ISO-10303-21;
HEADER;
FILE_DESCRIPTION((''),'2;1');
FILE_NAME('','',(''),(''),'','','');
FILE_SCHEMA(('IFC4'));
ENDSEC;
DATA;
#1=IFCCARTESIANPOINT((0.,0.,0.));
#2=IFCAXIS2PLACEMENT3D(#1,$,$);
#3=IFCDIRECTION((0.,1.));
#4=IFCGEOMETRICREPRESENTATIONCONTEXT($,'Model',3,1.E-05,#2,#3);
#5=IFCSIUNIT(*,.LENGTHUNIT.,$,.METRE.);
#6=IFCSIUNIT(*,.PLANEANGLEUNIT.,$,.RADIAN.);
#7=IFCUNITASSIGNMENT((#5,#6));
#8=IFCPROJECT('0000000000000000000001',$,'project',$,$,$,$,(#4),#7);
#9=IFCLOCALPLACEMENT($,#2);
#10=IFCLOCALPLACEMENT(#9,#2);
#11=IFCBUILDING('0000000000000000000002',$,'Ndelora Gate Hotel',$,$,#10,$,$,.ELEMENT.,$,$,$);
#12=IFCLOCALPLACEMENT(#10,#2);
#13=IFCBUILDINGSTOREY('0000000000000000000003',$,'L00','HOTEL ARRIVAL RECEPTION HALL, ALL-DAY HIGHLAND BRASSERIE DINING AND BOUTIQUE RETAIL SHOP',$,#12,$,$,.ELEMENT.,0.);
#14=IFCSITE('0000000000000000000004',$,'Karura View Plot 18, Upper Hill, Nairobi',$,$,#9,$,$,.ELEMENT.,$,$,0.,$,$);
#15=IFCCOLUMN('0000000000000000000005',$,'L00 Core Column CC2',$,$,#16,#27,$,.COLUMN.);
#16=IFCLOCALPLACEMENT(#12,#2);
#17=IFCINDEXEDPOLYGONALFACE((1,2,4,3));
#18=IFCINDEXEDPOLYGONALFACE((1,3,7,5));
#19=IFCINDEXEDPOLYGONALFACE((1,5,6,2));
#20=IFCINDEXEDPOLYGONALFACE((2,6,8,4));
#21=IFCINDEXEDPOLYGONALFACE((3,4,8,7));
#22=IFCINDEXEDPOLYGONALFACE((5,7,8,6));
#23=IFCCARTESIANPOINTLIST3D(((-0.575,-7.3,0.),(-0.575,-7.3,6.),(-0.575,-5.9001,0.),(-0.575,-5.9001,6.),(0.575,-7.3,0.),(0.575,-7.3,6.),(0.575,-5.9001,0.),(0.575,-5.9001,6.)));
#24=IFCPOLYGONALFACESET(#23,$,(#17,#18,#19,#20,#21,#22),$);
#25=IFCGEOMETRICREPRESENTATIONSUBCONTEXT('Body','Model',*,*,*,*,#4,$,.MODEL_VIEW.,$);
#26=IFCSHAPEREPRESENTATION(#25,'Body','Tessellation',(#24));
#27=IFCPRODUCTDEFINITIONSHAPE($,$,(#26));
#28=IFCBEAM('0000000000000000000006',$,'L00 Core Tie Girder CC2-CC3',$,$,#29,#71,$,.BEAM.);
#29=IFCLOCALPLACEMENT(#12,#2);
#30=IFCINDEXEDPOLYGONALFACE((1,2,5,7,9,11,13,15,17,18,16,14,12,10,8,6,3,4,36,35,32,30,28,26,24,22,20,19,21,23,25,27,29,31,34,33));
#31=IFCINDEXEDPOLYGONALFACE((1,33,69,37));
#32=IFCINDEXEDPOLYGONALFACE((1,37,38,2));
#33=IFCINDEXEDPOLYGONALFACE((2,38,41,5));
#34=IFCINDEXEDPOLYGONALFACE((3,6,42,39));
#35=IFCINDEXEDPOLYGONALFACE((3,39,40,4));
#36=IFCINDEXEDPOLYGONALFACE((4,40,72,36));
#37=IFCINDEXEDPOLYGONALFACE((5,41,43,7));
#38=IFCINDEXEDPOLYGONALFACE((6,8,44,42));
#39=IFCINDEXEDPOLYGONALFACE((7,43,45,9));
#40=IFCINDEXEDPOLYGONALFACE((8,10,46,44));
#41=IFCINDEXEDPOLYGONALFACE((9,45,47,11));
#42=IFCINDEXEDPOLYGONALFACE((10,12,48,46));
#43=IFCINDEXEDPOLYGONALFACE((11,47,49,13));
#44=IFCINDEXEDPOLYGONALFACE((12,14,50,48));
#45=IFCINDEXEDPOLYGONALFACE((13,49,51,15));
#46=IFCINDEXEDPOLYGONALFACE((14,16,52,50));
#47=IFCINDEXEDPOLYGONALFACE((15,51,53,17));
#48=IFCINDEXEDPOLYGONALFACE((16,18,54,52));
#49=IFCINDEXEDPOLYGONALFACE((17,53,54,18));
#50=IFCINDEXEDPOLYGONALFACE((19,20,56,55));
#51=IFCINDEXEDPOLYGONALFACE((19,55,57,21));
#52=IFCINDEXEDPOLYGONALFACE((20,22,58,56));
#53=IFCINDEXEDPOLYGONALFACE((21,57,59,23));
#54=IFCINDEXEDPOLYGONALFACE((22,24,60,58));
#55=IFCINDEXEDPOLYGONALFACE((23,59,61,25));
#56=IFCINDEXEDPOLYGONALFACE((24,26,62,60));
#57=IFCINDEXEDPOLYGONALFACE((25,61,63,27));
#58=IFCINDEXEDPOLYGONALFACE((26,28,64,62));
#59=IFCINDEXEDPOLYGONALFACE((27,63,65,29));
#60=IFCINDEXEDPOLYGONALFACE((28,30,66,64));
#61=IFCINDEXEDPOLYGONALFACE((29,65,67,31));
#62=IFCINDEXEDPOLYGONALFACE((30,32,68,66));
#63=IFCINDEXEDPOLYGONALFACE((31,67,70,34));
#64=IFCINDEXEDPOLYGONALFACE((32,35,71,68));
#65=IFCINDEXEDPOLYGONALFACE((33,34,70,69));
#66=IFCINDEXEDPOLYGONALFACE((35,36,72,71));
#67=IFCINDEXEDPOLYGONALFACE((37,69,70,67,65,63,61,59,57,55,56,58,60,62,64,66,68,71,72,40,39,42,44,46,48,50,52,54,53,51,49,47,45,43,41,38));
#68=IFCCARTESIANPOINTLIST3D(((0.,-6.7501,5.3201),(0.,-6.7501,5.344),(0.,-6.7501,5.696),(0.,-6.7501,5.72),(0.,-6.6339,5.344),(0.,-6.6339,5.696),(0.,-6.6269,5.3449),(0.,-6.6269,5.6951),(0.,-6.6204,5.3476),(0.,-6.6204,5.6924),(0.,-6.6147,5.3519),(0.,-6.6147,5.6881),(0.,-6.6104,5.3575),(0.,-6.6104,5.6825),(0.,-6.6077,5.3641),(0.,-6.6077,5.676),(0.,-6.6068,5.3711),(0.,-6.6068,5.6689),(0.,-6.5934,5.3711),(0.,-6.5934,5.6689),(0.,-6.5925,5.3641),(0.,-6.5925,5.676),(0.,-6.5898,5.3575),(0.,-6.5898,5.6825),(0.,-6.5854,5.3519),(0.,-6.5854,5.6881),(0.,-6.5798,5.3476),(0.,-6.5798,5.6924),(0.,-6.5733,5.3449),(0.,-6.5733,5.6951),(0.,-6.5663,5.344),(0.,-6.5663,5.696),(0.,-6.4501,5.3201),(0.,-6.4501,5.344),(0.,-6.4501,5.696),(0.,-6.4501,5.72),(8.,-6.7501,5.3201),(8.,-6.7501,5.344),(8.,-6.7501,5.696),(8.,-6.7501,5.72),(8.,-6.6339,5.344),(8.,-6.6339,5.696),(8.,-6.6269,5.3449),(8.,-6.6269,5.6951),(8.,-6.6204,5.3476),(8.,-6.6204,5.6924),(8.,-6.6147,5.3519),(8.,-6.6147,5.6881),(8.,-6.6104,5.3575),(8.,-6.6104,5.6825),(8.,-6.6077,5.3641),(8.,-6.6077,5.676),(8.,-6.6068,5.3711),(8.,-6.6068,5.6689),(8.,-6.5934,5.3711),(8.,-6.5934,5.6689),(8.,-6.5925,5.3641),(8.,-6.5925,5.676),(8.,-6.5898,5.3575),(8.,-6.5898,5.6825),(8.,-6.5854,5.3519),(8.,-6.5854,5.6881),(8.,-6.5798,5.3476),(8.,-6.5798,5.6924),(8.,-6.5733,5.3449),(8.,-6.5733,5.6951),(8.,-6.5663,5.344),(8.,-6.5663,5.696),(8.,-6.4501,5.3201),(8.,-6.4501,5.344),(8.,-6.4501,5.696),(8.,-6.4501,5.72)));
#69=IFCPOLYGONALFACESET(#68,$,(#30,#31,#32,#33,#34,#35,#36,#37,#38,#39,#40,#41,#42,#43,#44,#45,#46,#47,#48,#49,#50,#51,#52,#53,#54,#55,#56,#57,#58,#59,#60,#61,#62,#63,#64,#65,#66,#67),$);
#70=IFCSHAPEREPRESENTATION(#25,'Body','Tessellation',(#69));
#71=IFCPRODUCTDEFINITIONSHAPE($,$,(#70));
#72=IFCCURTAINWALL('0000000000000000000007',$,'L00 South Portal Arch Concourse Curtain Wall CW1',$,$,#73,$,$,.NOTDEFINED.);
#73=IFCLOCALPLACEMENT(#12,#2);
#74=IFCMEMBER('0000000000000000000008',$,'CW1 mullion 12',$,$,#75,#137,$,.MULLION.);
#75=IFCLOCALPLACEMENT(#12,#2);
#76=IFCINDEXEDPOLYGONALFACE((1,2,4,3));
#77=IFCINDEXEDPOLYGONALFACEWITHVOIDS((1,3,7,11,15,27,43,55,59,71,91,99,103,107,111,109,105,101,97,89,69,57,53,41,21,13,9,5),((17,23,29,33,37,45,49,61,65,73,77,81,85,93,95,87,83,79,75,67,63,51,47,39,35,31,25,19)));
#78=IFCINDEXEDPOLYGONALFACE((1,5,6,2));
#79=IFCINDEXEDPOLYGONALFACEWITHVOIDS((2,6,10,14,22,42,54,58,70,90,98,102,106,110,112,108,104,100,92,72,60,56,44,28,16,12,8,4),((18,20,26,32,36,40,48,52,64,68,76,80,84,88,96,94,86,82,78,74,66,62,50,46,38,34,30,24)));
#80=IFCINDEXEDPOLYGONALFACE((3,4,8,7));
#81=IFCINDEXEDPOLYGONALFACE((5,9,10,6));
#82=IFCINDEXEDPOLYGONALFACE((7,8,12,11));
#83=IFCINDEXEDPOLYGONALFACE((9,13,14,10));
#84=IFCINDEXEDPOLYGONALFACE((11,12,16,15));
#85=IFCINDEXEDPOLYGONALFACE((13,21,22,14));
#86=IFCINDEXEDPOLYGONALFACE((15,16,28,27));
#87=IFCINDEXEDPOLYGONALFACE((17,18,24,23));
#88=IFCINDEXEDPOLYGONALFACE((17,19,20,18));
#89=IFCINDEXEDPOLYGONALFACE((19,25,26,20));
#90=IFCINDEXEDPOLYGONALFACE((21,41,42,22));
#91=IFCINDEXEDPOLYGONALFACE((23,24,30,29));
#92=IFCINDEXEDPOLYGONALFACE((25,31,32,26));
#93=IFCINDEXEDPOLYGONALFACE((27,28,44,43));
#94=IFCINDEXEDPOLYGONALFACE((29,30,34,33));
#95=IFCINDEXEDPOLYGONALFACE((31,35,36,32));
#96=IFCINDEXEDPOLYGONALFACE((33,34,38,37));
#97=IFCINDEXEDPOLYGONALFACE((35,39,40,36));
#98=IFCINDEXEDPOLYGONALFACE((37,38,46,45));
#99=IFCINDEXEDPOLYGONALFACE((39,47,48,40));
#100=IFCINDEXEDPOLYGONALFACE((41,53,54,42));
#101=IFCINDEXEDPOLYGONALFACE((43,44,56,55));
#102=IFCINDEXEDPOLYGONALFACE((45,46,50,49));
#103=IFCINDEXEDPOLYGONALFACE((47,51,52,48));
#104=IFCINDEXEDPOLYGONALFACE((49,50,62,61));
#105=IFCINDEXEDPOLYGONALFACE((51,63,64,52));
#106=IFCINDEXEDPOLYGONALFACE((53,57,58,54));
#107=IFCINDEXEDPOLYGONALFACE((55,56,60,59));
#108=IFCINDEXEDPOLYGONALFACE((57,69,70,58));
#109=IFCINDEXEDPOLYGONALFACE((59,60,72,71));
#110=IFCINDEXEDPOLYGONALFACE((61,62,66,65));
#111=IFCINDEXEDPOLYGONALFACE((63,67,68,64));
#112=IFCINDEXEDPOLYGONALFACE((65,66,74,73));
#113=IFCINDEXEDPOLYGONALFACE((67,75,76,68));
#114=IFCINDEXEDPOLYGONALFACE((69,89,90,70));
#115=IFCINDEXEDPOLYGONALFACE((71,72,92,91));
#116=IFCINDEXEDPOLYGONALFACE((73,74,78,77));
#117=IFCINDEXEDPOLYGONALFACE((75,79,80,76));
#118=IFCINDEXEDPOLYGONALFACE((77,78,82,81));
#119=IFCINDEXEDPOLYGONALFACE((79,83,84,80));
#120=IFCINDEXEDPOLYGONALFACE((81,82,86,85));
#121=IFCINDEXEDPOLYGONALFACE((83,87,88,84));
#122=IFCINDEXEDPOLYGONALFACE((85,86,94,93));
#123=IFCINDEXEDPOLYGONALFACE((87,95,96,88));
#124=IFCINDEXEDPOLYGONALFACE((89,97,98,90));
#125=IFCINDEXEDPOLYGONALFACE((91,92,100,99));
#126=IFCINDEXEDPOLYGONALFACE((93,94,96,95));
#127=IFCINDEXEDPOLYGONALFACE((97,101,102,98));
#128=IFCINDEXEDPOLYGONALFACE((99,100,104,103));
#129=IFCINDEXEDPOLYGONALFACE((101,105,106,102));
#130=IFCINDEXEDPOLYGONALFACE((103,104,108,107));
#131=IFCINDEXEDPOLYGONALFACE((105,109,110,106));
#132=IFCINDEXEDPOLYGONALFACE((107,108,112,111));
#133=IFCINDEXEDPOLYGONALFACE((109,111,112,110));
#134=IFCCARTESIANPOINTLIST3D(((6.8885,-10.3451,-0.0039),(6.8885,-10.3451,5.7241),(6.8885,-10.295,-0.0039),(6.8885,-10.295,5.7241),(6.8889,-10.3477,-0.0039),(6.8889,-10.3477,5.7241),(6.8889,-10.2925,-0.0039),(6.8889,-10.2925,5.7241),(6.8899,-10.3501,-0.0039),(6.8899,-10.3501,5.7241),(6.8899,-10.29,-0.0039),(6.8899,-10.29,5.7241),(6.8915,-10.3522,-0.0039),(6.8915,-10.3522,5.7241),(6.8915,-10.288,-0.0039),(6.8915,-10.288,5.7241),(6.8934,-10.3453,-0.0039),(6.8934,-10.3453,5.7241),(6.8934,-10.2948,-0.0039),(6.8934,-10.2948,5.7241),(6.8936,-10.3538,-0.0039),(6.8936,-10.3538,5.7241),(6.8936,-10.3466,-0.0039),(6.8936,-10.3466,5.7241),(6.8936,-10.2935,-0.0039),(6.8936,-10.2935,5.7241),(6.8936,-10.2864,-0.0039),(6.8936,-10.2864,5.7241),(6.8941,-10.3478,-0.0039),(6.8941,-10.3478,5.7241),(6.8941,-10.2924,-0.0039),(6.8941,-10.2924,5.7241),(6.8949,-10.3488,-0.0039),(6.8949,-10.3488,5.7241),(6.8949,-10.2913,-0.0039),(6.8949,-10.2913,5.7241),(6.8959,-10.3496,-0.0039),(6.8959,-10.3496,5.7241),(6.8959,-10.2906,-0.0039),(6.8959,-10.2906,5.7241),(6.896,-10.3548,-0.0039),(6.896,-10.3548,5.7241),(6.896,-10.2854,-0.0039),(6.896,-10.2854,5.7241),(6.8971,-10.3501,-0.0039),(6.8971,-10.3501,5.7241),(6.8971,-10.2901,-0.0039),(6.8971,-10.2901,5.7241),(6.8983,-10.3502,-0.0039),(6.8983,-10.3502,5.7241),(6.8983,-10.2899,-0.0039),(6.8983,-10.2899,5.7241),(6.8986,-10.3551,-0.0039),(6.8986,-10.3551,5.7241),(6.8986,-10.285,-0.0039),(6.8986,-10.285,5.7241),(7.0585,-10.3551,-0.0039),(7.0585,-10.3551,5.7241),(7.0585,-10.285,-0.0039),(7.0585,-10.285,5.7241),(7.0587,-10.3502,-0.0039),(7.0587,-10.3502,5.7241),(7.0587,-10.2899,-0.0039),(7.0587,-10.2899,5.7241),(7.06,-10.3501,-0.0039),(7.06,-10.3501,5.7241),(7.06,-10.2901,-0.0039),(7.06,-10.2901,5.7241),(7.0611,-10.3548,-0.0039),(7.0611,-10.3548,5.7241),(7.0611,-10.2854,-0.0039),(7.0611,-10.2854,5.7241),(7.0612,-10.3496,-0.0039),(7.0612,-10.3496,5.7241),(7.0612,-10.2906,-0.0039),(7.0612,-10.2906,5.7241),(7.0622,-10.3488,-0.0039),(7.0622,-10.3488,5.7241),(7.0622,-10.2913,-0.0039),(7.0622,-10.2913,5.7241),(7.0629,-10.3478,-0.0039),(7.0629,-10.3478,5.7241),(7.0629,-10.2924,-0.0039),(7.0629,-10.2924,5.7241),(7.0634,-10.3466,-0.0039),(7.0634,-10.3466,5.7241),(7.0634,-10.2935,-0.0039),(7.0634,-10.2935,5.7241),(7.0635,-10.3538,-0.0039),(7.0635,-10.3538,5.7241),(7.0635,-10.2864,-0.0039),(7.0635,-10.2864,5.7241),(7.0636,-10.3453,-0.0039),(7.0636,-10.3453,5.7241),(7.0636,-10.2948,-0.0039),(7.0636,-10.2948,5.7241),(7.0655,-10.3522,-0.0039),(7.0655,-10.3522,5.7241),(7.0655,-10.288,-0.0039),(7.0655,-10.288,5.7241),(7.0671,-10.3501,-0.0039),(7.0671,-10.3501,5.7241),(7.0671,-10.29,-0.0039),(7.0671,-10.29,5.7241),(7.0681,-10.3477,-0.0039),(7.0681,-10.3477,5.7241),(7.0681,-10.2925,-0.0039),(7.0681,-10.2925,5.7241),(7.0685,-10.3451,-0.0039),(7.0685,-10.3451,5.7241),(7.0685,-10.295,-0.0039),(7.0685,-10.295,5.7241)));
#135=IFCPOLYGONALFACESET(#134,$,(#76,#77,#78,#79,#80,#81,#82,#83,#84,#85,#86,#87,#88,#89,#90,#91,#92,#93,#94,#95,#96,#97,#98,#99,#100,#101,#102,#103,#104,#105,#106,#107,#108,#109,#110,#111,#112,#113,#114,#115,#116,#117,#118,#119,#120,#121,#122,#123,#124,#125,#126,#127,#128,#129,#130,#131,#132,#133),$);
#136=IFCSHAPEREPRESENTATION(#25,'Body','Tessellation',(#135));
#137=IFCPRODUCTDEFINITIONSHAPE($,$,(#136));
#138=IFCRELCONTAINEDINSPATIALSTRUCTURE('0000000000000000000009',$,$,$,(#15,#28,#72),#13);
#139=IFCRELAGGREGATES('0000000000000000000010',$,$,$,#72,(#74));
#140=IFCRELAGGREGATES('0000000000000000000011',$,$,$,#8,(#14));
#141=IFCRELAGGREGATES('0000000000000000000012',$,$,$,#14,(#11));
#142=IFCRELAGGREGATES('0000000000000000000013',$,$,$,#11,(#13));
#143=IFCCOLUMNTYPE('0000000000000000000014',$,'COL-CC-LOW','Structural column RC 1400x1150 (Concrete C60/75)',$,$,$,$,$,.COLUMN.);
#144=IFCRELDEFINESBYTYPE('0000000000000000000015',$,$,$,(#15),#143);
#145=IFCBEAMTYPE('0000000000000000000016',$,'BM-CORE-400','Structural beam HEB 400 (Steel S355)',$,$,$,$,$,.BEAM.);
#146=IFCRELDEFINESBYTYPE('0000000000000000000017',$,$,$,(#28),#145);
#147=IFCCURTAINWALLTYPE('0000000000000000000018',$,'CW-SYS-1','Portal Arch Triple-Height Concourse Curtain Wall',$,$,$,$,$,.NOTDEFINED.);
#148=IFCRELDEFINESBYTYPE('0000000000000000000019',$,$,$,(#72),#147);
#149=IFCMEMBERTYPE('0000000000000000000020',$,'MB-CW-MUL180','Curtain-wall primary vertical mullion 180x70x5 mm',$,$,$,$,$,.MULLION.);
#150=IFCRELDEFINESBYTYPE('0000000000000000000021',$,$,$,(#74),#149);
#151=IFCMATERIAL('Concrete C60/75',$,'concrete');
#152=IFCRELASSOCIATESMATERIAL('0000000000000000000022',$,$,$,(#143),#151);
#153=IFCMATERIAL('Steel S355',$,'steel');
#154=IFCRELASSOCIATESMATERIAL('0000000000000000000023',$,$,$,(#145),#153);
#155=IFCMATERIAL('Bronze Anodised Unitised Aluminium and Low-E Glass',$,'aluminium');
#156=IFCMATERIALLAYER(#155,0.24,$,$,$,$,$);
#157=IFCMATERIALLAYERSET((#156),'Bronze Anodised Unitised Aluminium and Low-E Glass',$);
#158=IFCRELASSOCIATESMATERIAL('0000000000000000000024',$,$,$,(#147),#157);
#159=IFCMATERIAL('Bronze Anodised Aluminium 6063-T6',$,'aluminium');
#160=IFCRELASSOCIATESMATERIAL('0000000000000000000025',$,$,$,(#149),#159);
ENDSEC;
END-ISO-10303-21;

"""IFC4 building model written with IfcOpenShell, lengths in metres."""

from ifc_helpers import new_model, si_unit, direction, frame, origin, origin_2d, place, context, subcontext, project, spatial, rectangle, hollow_rectangle, i_section, extrude, material, layer, layer_set, material_profile, profile_set, type_object, element, aggregate, save


model = new_model("IFC4")

# Units and contexts
model_context = context("Model", 3, precision=1e-05, world=origin(), true_north=direction((0.0, 1.0)))
body_context = subcontext(model_context, "Body", "Model", "MODEL_VIEW")
ifc_project = project(units=[si_unit("LENGTHUNIT", "METRE"), si_unit("PLANEANGLEUNIT", "RADIAN")], contexts=[model_context])

# Site, building, storey
site_placement = place(None, origin())
site = spatial("IfcSite", under=ifc_project, at=site_placement, Name="Karura View Plot 18, Upper Hill, Nairobi", CompositionType="ELEMENT", RefElevation=0.0)
building_placement = place(site_placement, origin())
building = spatial("IfcBuilding", under=site, at=building_placement, Name="Ndelora Gate Hotel", CompositionType="ELEMENT")
storey_placement = place(building_placement, origin())
storey = spatial("IfcBuildingStorey", under=building, at=storey_placement, Name="L00", Description="HOTEL ARRIVAL RECEPTION HALL, ALL-DAY HIGHLAND BRASSERIE DINING AND BOUTIQUE RETAIL SHOP", CompositionType="ELEMENT", Elevation=0.0)

# Column
ifc_material_1 = material(Name="Concrete C60/75", Category="concrete")
ifc_material_profile_1 = material_profile(ifc_material_1, rectangle(XDim=1.1499, YDim=1.3999, at=origin_2d()), Name="RC 1400x1150")
ifc_profile_set_1 = profile_set([ifc_material_profile_1], Name="Concrete C60/75")
column_type = type_object("IfcColumnType", Name="COL-CC-LOW", Description="Structural column RC 1400x1150 (Concrete C60/75)", PredefinedType="COLUMN", material=ifc_profile_set_1)
column_placement = place(storey_placement, frame((0.0, -6.6001, 0.0), z_axis=(0.0, 0.0, 1.0), x_axis=(1.0, 0.0, 0.0)))
element("IfcColumn", 1, at=column_placement, inside=storey, type_object=column_type, Name="L00 Core Column CC2", PredefinedType="COLUMN", context=body_context, shape_type="SweptSolid", body=[
    extrude(rectangle(XDim=1.1499, YDim=1.3999, at=origin_2d()), origin(), (0.0, 0.0, 1.0), 6.0),
])

# Beam
ifc_material_2 = material(Name="Steel S355", Category="steel")
ifc_material_profile_2 = material_profile(ifc_material_2, i_section(OverallWidth=0.3, OverallDepth=0.3999, WebThickness=0.0134, FlangeThickness=0.0239, FilletRadius=0.0271, at=origin_2d()), Name="HEB 400")
ifc_profile_set_2 = profile_set([ifc_material_profile_2], Name="Steel S355")
beam_type = type_object("IfcBeamType", Name="BM-CORE-400", Description="Structural beam HEB 400 (Steel S355)", PredefinedType="BEAM", material=ifc_profile_set_2)
beam_placement = place(storey_placement, frame((0.0, -6.6001, 5.52), z_axis=(1.0, 0.0, 0.0), x_axis=(0.0, 1.0, 0.0)))
element("IfcBeam", 2, at=beam_placement, inside=storey, type_object=beam_type, Name="L00 Core Tie Girder CC2-CC3", PredefinedType="BEAM", context=body_context, shape_type="SweptSolid", body=[
    extrude(i_section(OverallWidth=0.3, OverallDepth=0.3999, WebThickness=0.0134, FlangeThickness=0.0239, FilletRadius=0.0271, at=origin_2d()), origin(), (0.0, 0.0, 1.0), 8.0),
])

# Curtain wall, member
ifc_material_3 = material(Name="Bronze Anodised Unitised Aluminium and Low-E Glass", Category="aluminium")
ifc_layer_1 = layer(ifc_material_3, 0.24)
ifc_layer_set_1 = layer_set([ifc_layer_1], Name="Bronze Anodised Unitised Aluminium and Low-E Glass")
curtain_wall_type = type_object("IfcCurtainWallType", Name="CW-SYS-1", Description="Portal Arch Triple-Height Concourse Curtain Wall", PredefinedType="NOTDEFINED", material=ifc_layer_set_1)
curtain_wall_placement = place(storey_placement, origin())
curtain_wall = element("IfcCurtainWall", 3, at=curtain_wall_placement, inside=storey, type_object=curtain_wall_type, Name="L00 South Portal Arch Concourse Curtain Wall CW1", PredefinedType="NOTDEFINED")
ifc_material_4 = material(Name="Bronze Anodised Aluminium 6063-T6", Category="aluminium")
ifc_material_profile_3 = material_profile(ifc_material_4, hollow_rectangle(XDim=0.0701, YDim=0.1799, WallThickness=0.0049, InnerFilletRadius=0.0049, OuterFilletRadius=0.01, at=origin_2d()), Name="ALU 180x70x5")
ifc_profile_set_3 = profile_set([ifc_material_profile_3], Name="Bronze Anodised Aluminium 6063-T6")
member_type_1 = type_object("IfcMemberType", Name="MB-CW-MUL180", Description="Curtain-wall primary vertical mullion 180x70x5 mm", PredefinedType="MULLION", material=ifc_profile_set_3)
member_1_placement = place(storey_placement, frame((6.9785, -10.3201, -0.0039), z_axis=(0.0, 0.0, 1.0), x_axis=(0.0, 1.0, 0.0)))
member_1 = element("IfcMember", 4, at=member_1_placement, type_object=member_type_1, Name="CW1 mullion 12", PredefinedType="MULLION", context=body_context, shape_type="SweptSolid", body=[
    extrude(hollow_rectangle(XDim=0.0701, YDim=0.1799, WallThickness=0.0049, InnerFilletRadius=0.0049, OuterFilletRadius=0.01, at=origin_2d()), origin(), (0.0, 0.0, 1.0), 5.728),
])
aggregate(curtain_wall, [member_1])

save(model, "model.ifc")
